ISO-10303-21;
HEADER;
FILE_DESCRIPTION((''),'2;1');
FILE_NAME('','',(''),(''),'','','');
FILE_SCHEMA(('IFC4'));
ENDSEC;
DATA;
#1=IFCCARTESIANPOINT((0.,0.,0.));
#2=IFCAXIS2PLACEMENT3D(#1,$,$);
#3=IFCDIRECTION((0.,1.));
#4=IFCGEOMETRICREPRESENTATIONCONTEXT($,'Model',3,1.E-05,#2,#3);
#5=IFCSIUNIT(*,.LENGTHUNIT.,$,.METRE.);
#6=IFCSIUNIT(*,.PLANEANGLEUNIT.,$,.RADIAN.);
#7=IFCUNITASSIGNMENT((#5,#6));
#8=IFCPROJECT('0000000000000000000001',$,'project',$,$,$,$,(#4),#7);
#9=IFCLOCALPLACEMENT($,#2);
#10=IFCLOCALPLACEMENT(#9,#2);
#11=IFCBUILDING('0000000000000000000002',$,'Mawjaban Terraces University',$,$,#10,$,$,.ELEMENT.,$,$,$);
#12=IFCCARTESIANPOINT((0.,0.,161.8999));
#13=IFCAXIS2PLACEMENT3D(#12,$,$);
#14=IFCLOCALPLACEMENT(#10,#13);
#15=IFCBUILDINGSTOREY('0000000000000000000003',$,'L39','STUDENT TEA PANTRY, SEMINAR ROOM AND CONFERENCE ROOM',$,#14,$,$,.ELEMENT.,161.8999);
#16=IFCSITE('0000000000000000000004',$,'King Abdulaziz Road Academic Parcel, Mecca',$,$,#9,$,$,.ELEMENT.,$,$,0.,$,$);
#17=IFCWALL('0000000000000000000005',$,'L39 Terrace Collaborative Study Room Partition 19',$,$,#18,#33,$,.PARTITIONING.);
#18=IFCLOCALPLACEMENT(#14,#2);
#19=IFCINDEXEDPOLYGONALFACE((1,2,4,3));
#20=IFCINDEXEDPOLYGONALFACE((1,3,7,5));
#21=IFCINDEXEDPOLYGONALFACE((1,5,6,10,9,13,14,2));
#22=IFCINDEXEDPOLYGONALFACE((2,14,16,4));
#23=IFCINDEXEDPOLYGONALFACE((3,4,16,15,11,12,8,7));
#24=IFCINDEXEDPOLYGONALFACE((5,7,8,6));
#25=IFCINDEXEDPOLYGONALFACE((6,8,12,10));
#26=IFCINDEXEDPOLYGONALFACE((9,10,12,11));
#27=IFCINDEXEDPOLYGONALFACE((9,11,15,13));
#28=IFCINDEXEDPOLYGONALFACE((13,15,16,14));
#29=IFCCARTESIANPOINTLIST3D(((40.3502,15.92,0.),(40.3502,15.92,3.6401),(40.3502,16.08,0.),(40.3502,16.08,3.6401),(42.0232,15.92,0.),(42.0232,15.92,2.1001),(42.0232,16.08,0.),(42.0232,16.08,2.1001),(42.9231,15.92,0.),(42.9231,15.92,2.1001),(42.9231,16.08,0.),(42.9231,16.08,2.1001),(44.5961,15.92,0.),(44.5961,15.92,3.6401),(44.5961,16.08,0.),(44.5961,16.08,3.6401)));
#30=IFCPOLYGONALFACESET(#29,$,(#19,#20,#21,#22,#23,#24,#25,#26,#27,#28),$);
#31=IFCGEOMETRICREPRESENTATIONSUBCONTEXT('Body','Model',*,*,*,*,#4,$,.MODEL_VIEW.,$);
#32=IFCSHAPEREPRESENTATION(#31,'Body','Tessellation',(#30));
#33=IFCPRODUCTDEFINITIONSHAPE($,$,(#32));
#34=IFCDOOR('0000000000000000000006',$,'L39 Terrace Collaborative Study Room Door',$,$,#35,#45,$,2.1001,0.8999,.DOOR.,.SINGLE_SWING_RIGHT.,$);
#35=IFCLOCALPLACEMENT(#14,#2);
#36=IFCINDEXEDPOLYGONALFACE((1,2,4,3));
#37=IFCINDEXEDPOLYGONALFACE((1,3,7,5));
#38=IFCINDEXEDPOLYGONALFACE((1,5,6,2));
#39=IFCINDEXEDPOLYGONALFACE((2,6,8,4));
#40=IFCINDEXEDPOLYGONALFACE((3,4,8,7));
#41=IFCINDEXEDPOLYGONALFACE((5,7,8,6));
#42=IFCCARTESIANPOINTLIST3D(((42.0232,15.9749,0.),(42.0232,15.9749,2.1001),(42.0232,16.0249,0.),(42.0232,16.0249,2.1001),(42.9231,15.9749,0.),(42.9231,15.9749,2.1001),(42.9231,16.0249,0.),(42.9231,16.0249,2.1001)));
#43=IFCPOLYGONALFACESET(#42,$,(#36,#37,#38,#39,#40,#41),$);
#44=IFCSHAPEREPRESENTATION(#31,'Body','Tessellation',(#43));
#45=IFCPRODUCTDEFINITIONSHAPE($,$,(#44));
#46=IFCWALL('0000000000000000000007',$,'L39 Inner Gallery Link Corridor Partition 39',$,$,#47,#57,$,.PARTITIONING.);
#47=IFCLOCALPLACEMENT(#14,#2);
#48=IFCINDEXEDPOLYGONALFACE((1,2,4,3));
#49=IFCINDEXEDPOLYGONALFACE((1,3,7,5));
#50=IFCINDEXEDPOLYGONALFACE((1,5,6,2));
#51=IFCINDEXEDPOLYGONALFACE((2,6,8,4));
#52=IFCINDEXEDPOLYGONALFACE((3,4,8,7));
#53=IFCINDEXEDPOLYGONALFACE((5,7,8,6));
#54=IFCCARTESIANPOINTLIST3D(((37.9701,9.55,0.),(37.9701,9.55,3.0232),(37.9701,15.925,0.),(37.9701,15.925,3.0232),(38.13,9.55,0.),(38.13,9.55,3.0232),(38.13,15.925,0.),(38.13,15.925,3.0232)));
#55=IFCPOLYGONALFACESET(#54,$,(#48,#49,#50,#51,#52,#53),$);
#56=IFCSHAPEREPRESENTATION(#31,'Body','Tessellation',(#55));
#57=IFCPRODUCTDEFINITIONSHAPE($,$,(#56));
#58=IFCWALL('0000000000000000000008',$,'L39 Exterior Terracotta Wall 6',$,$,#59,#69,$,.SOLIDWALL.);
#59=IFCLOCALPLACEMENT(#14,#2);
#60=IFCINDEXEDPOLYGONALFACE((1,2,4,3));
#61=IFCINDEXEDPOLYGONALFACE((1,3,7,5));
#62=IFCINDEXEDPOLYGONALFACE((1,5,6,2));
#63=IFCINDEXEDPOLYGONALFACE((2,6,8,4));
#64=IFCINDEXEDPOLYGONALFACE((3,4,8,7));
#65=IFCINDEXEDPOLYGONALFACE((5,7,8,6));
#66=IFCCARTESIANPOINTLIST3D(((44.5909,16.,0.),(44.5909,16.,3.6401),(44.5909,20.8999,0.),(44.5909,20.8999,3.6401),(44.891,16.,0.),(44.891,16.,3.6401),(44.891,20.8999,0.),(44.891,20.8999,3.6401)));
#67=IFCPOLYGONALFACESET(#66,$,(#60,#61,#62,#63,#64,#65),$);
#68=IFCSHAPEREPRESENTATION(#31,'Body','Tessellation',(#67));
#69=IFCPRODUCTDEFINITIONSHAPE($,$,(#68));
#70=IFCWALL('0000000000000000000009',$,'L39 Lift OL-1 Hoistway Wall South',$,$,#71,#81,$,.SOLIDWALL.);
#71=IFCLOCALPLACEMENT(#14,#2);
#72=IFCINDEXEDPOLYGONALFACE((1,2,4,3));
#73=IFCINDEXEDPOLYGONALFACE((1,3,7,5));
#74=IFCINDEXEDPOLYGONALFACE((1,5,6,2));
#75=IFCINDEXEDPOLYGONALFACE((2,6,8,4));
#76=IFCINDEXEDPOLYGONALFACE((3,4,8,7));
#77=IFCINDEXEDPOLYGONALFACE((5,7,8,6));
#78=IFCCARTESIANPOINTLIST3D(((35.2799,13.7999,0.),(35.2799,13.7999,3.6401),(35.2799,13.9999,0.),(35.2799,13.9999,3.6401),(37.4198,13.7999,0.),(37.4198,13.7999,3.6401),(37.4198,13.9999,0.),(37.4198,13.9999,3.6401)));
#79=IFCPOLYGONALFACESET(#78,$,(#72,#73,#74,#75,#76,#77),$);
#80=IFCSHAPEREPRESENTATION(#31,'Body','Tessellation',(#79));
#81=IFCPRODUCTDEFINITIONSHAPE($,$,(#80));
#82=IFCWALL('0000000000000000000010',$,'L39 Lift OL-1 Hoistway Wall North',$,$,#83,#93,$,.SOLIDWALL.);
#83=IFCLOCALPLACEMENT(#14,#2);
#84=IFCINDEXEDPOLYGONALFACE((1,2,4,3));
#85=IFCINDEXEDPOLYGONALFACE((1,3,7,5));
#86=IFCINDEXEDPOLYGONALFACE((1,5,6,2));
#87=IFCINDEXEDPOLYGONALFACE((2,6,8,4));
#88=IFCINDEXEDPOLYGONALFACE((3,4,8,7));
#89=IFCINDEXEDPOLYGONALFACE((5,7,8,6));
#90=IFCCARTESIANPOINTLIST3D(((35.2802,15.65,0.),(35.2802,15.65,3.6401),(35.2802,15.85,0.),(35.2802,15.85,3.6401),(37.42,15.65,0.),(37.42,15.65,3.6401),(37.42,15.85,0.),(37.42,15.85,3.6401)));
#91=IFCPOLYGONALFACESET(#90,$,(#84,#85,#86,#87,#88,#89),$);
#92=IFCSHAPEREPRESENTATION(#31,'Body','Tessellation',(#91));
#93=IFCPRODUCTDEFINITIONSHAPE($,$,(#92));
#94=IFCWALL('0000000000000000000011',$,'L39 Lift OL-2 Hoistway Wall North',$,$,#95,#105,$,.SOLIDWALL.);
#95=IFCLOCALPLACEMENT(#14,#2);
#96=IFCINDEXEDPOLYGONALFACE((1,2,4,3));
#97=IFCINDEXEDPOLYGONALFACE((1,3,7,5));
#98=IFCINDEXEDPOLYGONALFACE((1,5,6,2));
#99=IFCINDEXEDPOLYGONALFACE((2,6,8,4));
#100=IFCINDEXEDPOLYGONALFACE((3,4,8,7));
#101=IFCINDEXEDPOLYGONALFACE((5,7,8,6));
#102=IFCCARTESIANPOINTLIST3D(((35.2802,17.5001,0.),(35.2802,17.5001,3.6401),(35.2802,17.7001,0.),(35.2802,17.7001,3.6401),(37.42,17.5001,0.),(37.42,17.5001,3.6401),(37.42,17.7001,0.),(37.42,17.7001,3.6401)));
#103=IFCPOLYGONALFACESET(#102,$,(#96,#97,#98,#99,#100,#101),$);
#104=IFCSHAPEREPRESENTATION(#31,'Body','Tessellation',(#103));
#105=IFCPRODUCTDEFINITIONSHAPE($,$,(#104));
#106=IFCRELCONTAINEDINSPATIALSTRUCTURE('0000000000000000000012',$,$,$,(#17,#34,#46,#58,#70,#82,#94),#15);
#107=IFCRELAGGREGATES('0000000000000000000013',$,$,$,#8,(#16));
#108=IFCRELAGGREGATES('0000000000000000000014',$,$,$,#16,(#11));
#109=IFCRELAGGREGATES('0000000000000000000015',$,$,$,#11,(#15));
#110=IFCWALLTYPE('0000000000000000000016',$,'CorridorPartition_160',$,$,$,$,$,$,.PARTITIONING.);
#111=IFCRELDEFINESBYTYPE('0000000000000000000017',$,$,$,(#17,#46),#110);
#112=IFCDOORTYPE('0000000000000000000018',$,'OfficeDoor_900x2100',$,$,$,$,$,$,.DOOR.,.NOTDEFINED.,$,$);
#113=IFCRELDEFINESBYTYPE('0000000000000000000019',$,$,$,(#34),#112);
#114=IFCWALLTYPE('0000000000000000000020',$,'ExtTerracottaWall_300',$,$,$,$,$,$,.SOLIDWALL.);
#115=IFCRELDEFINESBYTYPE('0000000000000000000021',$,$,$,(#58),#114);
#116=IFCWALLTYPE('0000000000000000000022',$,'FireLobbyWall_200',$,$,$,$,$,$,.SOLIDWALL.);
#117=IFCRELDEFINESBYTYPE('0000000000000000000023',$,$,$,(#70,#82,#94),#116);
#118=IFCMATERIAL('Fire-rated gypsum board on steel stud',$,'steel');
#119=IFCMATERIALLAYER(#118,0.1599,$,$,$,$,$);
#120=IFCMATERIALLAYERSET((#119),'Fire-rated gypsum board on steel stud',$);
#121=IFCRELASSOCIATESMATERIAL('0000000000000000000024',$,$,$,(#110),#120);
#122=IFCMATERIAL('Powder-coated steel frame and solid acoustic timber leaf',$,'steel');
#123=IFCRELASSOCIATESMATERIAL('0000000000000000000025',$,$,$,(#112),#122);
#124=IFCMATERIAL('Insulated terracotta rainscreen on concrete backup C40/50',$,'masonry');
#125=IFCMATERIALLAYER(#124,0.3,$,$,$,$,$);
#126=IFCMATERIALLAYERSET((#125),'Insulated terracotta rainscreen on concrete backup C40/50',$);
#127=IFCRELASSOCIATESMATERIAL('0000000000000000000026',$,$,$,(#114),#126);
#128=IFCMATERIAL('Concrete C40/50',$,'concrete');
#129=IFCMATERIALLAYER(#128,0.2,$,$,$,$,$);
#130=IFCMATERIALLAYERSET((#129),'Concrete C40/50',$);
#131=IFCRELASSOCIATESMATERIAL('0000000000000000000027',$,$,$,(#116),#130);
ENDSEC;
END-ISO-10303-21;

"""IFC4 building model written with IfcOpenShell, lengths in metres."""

from ifc_helpers import new_model, si_unit, direction, frame, frame_2d, origin, place, context, subcontext, project, spatial, rectangle, extrude, material, layer, layer_set, type_object, element, fill, save


model = new_model("IFC4")

# Units and contexts
model_context = context("Model", 3, precision=1e-05, world=origin(), true_north=direction((0.0, 1.0)))
body_context = subcontext(model_context, "Body", "Model", "MODEL_VIEW")
ifc_project = project(units=[si_unit("LENGTHUNIT", "METRE"), si_unit("PLANEANGLEUNIT", "RADIAN")], contexts=[model_context])

# Site, building, storey
site_placement = place(None, origin())
site = spatial("IfcSite", under=ifc_project, at=site_placement, Name="King Abdulaziz Road Academic Parcel, Mecca", CompositionType="ELEMENT", RefElevation=0.0)
building_placement = place(site_placement, origin())
building = spatial("IfcBuilding", under=site, at=building_placement, Name="Mawjaban Terraces University", CompositionType="ELEMENT")
storey_placement = place(building_placement, frame((0.0, 0.0, 161.8999)))
storey = spatial("IfcBuildingStorey", under=building, at=storey_placement, Name="L39", Description="STUDENT TEA PANTRY, SEMINAR ROOM AND CONFERENCE ROOM", CompositionType="ELEMENT", Elevation=161.8999)

# Shared definitions
ifc_material_1 = material(Name="Fire-rated gypsum board on steel stud", Category="steel")
ifc_layer_1 = layer(ifc_material_1, 0.1599)
ifc_layer_set_1 = layer_set([ifc_layer_1], Name="Fire-rated gypsum board on steel stud")
wall_type_1 = type_object("IfcWallType", Name="CorridorPartition_160", PredefinedType="PARTITIONING", material=ifc_layer_set_1)

# Wall, opening, door
wall_1_placement = place(storey_placement, frame((40.3501, 16.0, 0.0), z_axis=(0.0, 0.0, 1.0), x_axis=(1.0, 0.0, 0.0)))
wall_1 = element("IfcWall", 1, at=wall_1_placement, inside=storey, type_object=wall_type_1, Name="L39 Terrace Collaborative Study Room Partition 19", PredefinedType="PARTITIONING", context=body_context, shape_type="SweptSolid", body=[
    extrude(rectangle(XDim=4.2458, YDim=0.1599, at=frame_2d((2.123, 0.0))), origin(), (0.0, 0.0, 1.0), 3.6401),
])
opening_placement = place(wall_1_placement, frame((1.6731, 0.0, 0.0)))
opening = element("IfcOpeningElement", 2, at=opening_placement, cuts=wall_1, PredefinedType="OPENING", context=body_context, shape_type="SweptSolid", body=[
    extrude(rectangle(XDim=0.8999, YDim=2.1001, at=frame_2d((0.45, 1.05))), frame((0.0, 0.0898, 0.0), z_axis=(0.0, -1.0, 0.0), x_axis=(1.0, 0.0, 0.0)), (0.0, 0.0, 1.0), 0.1799),
])
ifc_material_2 = material(Name="Powder-coated steel frame and solid acoustic timber leaf", Category="steel")
door_type = type_object("IfcDoorType", Name="OfficeDoor_900x2100", OperationType="NOTDEFINED", PredefinedType="DOOR", material=ifc_material_2)
door_placement = place(opening_placement, origin())
door = element("IfcDoor", 3, at=door_placement, inside=storey, type_object=door_type, Name="L39 Terrace Collaborative Study Room Door", OperationType="SINGLE_SWING_RIGHT", OverallHeight=2.1001, OverallWidth=0.8999, PredefinedType="DOOR", context=body_context, shape_type="SweptSolid", body=[
    extrude(rectangle(XDim=0.8999, YDim=2.1001, at=frame_2d((0.45, 1.05))), frame((0.0, 0.0249, 0.0), z_axis=(0.0, -1.0, 0.0), x_axis=(1.0, 0.0, 0.0)), (0.0, 0.0, 1.0), 0.05),
])
fill(opening, door)

# Walls
wall_2_placement = place(storey_placement, frame((38.05, 15.925, 0.0), z_axis=(0.0, 0.0, 1.0), x_axis=(0.0, -1.0, 0.0)))
element("IfcWall", 4, at=wall_2_placement, inside=storey, type_object=wall_type_1, Name="L39 Inner Gallery Link Corridor Partition 39", PredefinedType="PARTITIONING", context=body_context, shape_type="SweptSolid", body=[
    extrude(rectangle(XDim=6.375, YDim=0.1599, at=frame_2d((3.1875, 0.0))), origin(), (0.0, 0.0, 1.0), 3.0232),
])
ifc_material_3 = material(Name="Insulated terracotta rainscreen on concrete backup C40/50", Category="masonry")
ifc_layer_2 = layer(ifc_material_3, 0.3)
ifc_layer_set_2 = layer_set([ifc_layer_2], Name="Insulated terracotta rainscreen on concrete backup C40/50")
wall_type_2 = type_object("IfcWallType", Name="ExtTerracottaWall_300", PredefinedType="SOLIDWALL", material=ifc_layer_set_2)
wall_3_placement = place(storey_placement, frame((44.741, 16.0, 0.0), z_axis=(0.0, 0.0, 1.0), x_axis=(0.0, 1.0, 0.0)))
element("IfcWall", 5, at=wall_3_placement, inside=storey, type_object=wall_type_2, Name="L39 Exterior Terracotta Wall 6", PredefinedType="SOLIDWALL", context=body_context, shape_type="SweptSolid", body=[
    extrude(rectangle(XDim=4.8999, YDim=0.3, at=frame_2d((2.45, 0.0))), origin(), (0.0, 0.0, 1.0), 3.6401),
])
ifc_material_4 = material(Name="Concrete C40/50", Category="concrete")
ifc_layer_3 = layer(ifc_material_4, 0.2)
ifc_layer_set_3 = layer_set([ifc_layer_3], Name="Concrete C40/50")
wall_type_3 = type_object("IfcWallType", Name="FireLobbyWall_200", PredefinedType="SOLIDWALL", material=ifc_layer_set_3)
for number, where, z_axis, x_axis, name in (
    (6, (35.28, 13.8999, 0.0), (0.0, 0.0, 1.0), (1.0, 0.0, 0.0), "L39 Lift OL-1 Hoistway Wall South"),
    (7, (37.4199, 15.75, 0.0), (0.0, 0.0, 1.0), (-1.0, 0.0, 0.0), "L39 Lift OL-1 Hoistway Wall North"),
    (8, (37.4199, 17.6001, 0.0), (0.0, 0.0, 1.0), (-1.0, 0.0, 0.0), "L39 Lift OL-2 Hoistway Wall North"),
):
    element("IfcWall", number, at=place(storey_placement, frame(where, z_axis=z_axis, x_axis=x_axis)), inside=storey, type_object=wall_type_3, Name=name, PredefinedType="SOLIDWALL", context=body_context, shape_type="SweptSolid", body=[
        extrude(rectangle(XDim=2.1399, YDim=0.2, at=frame_2d((1.0698, 0.0))), origin(), (0.0, 0.0, 1.0), 3.6401),
    ])

save(model, "model.ifc")
